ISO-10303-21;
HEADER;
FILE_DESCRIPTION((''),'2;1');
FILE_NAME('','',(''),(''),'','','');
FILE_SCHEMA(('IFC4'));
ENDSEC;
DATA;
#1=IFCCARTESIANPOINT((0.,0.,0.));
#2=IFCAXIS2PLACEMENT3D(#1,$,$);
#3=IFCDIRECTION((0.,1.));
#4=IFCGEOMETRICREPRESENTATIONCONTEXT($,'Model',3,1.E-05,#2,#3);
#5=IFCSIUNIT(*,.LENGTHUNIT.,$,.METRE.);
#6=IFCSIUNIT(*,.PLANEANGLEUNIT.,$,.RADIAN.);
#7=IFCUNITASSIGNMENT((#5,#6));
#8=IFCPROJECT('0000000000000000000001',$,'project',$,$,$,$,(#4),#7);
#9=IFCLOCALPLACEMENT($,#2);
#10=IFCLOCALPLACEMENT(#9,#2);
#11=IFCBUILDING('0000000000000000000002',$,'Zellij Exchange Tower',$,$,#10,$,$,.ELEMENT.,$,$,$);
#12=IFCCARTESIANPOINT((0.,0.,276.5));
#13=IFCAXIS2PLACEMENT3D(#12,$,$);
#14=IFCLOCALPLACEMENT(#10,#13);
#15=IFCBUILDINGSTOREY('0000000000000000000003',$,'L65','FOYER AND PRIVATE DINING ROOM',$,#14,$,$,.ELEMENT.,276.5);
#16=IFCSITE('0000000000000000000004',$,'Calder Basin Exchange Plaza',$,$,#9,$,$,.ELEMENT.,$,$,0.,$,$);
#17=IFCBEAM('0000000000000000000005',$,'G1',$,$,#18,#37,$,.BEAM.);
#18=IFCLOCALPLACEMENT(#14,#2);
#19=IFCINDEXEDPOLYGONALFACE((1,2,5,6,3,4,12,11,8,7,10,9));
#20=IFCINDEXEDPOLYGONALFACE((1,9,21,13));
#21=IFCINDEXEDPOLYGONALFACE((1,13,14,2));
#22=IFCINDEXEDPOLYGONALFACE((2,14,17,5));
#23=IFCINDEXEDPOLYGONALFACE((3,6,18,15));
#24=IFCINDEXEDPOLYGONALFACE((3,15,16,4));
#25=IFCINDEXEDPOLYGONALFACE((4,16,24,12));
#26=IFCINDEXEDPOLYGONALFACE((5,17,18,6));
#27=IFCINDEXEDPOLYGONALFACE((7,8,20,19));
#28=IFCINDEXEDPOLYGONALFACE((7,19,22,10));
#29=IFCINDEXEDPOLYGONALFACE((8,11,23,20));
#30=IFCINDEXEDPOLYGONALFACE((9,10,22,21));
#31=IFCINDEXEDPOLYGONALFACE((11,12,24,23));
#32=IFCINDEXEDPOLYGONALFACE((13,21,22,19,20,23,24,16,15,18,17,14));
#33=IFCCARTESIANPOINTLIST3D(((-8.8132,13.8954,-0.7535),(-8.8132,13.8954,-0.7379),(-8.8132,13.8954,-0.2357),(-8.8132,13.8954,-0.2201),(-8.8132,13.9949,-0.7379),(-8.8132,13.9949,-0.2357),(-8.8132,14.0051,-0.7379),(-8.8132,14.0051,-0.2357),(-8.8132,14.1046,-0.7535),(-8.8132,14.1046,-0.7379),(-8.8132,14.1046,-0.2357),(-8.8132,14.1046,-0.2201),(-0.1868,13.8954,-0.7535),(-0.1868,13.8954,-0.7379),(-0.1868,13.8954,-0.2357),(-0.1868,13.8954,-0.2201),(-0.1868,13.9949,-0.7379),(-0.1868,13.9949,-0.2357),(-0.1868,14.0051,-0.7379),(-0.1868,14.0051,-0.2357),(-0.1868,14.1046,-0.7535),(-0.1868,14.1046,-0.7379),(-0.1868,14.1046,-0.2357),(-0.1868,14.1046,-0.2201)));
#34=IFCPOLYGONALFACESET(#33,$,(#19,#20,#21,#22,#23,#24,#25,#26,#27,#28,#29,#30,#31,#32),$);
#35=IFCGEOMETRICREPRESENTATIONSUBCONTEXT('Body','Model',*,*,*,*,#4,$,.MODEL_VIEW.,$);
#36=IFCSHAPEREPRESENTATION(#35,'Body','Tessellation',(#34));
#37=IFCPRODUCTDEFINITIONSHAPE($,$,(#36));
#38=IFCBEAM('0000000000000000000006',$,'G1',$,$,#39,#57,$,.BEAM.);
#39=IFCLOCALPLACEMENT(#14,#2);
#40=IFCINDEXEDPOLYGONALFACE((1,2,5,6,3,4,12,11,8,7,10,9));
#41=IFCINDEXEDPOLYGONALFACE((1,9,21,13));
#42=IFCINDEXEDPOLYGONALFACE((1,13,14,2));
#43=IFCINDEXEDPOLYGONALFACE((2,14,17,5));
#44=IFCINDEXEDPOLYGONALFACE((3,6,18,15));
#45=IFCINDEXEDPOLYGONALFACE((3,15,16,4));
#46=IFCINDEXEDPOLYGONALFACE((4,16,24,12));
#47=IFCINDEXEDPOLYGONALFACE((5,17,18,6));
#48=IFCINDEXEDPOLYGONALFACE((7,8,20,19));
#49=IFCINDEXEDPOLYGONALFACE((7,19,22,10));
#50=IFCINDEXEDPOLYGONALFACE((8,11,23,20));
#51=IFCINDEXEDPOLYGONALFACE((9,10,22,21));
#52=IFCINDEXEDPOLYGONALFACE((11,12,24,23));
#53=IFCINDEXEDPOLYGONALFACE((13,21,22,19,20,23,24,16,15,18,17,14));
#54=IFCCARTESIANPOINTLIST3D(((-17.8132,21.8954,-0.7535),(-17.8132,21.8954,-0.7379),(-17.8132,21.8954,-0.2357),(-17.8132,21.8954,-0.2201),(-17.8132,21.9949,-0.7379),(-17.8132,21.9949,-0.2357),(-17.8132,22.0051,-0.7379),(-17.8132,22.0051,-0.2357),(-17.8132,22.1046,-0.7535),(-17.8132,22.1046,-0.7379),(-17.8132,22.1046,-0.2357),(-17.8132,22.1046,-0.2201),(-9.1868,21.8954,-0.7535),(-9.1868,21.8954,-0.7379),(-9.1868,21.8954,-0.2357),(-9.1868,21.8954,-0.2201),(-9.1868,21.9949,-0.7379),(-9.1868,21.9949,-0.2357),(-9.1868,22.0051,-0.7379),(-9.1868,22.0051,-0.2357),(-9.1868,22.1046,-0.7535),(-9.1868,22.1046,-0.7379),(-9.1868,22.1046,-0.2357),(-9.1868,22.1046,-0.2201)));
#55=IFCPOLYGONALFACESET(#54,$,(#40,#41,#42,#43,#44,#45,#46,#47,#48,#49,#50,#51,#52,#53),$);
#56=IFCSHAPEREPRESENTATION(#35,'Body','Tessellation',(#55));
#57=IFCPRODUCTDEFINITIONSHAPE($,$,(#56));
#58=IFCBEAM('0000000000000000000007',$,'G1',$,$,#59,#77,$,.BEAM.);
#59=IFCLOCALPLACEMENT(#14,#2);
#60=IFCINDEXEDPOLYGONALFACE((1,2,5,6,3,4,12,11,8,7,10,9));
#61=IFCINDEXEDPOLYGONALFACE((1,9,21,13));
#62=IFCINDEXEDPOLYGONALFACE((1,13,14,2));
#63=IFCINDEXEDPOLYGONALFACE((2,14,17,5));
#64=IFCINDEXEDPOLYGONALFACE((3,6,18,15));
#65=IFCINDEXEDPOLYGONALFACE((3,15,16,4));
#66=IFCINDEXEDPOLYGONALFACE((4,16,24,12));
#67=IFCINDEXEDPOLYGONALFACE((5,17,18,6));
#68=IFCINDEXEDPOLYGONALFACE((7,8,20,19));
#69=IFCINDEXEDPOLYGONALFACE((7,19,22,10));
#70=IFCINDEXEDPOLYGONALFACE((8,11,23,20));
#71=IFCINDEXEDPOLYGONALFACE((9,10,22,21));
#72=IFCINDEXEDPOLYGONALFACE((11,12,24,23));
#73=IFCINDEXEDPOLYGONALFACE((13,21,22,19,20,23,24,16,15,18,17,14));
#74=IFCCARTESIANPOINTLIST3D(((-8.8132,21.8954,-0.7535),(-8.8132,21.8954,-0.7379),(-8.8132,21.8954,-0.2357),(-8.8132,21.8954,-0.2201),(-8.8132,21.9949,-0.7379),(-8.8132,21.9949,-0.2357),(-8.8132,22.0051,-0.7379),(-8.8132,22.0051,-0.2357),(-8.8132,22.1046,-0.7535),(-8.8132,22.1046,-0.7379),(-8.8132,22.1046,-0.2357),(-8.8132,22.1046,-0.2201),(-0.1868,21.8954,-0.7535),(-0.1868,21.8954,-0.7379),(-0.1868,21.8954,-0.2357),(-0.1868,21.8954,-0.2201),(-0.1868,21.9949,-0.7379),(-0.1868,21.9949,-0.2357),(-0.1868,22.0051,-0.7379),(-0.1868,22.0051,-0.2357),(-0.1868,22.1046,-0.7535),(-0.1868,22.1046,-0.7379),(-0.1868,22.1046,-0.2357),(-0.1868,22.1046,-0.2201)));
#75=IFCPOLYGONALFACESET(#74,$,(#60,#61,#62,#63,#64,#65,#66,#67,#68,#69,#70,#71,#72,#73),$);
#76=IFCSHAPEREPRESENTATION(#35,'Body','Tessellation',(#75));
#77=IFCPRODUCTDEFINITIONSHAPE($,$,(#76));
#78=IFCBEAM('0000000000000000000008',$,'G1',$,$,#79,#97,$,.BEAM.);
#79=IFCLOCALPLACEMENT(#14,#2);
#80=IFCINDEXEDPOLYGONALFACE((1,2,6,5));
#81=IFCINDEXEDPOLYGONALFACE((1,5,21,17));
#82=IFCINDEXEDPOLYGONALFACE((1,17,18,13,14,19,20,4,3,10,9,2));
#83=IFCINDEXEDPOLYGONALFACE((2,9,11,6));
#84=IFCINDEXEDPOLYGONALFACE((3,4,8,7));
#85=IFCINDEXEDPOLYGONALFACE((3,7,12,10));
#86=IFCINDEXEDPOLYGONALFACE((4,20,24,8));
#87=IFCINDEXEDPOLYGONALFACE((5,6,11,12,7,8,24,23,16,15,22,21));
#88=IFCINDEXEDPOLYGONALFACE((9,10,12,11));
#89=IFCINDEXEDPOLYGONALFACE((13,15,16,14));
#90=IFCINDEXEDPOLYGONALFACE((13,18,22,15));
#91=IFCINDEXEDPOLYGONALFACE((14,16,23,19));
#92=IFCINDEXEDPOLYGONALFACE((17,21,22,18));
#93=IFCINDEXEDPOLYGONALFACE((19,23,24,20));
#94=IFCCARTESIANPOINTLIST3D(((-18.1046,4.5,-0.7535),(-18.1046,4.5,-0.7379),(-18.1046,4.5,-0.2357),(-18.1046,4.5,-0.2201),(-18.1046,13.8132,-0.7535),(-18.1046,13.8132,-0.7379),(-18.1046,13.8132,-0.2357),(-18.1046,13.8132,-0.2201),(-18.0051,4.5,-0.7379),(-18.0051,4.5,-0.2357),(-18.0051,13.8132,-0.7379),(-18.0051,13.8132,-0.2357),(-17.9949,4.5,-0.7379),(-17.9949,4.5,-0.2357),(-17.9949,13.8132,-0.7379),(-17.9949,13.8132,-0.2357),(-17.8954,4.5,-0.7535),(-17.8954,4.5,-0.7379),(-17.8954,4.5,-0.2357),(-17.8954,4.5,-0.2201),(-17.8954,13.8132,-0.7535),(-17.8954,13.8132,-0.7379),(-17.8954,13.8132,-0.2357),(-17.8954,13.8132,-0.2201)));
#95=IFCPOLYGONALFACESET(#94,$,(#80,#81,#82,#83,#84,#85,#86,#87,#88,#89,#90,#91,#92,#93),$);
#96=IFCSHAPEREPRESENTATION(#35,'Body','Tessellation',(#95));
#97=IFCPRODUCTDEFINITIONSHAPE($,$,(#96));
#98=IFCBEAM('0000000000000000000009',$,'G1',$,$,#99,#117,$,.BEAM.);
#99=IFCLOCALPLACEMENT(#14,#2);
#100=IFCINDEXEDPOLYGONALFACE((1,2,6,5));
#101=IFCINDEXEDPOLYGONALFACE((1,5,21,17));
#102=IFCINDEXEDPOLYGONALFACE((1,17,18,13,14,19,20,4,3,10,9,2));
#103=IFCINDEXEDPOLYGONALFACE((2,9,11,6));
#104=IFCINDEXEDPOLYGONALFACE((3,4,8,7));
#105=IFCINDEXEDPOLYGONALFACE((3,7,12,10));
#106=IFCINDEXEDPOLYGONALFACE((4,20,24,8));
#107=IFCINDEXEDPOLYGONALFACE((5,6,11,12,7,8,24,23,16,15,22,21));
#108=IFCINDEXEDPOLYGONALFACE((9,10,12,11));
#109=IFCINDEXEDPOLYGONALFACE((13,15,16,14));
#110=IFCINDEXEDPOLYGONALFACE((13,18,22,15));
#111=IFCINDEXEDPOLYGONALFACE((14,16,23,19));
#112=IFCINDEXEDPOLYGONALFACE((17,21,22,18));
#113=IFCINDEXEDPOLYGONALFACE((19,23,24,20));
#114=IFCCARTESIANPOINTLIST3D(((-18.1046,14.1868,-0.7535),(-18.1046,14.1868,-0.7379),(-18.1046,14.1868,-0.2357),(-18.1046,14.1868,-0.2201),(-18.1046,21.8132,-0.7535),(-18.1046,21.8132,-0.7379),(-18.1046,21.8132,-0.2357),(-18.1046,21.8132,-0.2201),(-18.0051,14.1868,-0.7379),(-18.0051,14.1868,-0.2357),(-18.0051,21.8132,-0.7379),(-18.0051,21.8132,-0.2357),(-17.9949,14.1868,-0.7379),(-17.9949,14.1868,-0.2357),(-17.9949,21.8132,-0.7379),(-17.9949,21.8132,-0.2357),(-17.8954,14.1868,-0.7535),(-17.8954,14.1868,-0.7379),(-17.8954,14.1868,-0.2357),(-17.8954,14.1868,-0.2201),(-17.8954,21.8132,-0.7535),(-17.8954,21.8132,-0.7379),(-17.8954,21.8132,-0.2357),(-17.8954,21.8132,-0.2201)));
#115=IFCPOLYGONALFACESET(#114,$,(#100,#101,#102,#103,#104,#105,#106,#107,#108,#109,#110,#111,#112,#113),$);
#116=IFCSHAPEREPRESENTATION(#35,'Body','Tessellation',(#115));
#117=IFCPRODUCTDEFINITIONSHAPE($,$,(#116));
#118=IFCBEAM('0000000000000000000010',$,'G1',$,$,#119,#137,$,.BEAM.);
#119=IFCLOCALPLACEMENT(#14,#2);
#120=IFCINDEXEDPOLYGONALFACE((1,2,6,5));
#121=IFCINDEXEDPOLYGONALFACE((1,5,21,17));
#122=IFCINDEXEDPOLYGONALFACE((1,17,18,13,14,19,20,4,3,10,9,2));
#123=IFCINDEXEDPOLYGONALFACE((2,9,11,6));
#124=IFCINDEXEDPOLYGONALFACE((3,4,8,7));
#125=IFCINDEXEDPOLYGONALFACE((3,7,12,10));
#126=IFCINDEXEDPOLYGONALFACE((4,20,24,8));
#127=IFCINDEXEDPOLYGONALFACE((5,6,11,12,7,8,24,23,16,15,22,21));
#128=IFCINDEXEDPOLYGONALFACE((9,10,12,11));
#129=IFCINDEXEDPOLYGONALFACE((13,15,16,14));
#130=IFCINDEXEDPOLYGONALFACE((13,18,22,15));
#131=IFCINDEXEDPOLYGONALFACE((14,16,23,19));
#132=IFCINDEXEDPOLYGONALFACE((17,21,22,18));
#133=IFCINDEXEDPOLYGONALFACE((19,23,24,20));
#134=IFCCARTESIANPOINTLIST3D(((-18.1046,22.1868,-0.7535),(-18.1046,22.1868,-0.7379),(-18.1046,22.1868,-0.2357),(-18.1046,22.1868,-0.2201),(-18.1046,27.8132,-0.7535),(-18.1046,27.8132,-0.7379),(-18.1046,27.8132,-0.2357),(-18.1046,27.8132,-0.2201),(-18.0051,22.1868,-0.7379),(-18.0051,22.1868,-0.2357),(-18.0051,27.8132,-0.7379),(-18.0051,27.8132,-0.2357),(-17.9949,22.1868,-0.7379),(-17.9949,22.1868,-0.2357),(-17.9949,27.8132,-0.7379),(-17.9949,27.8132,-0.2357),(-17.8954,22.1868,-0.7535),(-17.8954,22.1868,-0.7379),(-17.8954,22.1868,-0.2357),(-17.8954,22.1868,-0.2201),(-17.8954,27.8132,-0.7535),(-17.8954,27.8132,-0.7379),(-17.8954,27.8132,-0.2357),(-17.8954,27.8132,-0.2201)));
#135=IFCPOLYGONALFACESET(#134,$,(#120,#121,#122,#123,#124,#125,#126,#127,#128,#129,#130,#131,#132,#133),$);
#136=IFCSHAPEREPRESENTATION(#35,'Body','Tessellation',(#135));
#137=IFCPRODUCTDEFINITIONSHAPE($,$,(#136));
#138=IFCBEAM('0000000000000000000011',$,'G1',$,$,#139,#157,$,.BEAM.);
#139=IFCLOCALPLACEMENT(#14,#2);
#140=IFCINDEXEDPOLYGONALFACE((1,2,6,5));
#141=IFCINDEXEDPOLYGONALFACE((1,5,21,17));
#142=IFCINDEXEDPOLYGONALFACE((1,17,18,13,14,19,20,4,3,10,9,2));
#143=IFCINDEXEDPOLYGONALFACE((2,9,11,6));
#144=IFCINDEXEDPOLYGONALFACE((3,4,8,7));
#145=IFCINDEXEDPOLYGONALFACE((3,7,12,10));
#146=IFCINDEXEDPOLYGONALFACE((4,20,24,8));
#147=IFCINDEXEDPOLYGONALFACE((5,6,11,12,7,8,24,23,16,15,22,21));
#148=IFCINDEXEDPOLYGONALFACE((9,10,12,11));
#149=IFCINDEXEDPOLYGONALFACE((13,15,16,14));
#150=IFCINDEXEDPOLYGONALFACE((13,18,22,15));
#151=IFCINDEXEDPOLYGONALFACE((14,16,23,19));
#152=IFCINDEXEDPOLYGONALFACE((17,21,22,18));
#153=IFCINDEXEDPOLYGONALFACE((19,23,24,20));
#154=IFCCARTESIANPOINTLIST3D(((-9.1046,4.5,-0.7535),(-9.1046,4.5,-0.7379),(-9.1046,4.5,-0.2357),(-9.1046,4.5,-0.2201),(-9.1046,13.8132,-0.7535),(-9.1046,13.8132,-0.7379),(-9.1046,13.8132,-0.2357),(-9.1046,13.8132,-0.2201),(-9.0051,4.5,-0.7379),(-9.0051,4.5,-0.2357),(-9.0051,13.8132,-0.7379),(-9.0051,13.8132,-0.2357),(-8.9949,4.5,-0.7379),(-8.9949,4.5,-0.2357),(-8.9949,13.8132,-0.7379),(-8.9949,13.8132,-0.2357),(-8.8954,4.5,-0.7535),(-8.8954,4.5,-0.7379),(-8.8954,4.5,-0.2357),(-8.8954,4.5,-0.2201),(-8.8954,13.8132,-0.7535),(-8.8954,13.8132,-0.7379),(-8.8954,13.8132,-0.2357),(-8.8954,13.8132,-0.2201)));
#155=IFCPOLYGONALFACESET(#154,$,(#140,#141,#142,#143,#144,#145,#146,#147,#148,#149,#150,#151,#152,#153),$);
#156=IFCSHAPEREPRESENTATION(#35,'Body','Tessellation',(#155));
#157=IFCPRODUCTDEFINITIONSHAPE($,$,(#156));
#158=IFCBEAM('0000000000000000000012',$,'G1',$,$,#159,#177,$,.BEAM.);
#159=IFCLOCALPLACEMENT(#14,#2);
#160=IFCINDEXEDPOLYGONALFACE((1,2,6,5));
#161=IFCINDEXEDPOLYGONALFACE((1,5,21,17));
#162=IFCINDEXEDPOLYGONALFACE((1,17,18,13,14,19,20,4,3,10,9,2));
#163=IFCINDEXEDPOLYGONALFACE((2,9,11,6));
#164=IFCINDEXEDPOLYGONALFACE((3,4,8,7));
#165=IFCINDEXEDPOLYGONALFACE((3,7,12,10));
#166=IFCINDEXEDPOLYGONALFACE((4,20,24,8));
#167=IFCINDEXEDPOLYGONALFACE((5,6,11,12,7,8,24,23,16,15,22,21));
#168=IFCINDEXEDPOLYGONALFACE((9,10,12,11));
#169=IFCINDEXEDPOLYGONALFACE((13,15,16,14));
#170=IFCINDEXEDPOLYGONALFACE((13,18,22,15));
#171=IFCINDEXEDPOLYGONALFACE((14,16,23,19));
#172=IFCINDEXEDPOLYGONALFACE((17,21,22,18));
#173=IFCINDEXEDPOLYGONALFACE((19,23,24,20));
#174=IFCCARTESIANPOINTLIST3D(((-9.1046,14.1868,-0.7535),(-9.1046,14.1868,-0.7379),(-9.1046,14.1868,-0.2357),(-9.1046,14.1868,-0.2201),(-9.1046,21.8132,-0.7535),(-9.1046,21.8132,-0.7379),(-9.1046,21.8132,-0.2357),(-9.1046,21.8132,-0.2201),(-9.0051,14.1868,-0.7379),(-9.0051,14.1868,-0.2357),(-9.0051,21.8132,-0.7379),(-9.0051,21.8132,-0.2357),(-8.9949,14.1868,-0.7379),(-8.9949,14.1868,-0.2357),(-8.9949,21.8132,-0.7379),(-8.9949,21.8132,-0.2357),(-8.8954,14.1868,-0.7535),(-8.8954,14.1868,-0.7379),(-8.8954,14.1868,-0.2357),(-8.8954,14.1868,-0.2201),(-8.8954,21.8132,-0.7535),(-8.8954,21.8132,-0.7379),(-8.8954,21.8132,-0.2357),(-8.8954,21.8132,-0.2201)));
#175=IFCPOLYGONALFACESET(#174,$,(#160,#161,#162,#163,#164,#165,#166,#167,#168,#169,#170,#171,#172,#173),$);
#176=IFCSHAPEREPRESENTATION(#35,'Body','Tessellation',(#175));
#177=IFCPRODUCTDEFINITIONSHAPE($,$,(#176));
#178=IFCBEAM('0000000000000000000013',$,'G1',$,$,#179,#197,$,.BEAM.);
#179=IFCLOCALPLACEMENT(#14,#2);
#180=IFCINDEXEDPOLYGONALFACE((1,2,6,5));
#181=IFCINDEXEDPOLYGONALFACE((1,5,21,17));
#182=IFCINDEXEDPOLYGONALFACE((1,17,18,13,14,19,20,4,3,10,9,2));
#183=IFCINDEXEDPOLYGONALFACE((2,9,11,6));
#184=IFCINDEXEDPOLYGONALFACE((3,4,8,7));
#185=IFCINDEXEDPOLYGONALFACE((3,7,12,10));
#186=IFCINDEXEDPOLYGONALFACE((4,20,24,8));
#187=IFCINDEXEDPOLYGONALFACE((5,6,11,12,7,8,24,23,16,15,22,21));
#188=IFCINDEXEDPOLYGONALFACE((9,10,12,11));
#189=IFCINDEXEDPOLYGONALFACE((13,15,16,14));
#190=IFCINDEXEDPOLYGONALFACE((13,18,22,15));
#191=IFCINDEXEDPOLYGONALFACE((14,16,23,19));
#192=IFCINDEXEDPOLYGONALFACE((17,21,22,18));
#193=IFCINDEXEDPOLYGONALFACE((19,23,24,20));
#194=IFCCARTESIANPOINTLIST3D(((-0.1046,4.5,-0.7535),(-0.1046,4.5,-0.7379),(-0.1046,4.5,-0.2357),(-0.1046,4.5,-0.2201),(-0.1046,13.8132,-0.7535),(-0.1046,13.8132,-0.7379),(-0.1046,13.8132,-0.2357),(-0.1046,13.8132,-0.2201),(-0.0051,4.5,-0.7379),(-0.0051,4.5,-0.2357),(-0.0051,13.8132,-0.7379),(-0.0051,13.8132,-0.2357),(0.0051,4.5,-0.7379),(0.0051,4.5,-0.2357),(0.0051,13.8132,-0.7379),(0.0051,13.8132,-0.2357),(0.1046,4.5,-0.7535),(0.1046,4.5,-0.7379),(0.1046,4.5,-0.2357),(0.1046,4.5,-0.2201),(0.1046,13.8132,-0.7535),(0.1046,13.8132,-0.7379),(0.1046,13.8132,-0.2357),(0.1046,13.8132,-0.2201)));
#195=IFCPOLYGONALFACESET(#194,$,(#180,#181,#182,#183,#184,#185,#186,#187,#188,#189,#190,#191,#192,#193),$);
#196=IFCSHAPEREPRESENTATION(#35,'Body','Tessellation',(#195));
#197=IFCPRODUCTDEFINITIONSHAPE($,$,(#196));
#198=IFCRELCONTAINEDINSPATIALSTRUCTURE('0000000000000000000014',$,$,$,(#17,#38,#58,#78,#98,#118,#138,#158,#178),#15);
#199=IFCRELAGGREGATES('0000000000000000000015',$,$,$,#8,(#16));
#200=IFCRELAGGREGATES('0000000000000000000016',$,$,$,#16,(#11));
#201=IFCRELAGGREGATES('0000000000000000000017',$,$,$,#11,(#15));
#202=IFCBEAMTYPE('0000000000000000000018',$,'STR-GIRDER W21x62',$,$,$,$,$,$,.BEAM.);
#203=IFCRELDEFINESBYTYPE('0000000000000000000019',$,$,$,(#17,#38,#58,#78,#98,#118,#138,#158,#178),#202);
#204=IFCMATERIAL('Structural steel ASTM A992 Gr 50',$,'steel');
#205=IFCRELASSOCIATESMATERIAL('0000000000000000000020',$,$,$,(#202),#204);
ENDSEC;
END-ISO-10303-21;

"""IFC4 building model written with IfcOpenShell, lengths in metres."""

from ifc_helpers import new_model, si_unit, direction, frame, origin, origin_2d, place, context, subcontext, project, spatial, i_section, extrude, material, material_profile, profile_set, type_object, element, save


model = new_model("IFC4")

# Units and contexts
model_context = context("Model", 3, precision=1e-05, world=origin(), true_north=direction((0.0, 1.0)))
body_context = subcontext(model_context, "Body", "Model", "MODEL_VIEW")
ifc_project = project(units=[si_unit("LENGTHUNIT", "METRE"), si_unit("PLANEANGLEUNIT", "RADIAN")], contexts=[model_context])

# Site, building, storey
site_placement = place(None, origin())
site = spatial("IfcSite", under=ifc_project, at=site_placement, Name="Calder Basin Exchange Plaza", CompositionType="ELEMENT", RefElevation=0.0)
building_placement = place(site_placement, origin())
building = spatial("IfcBuilding", under=site, at=building_placement, Name="Zellij Exchange Tower", CompositionType="ELEMENT")
storey_placement = place(building_placement, frame((0.0, 0.0, 276.5)))
storey = spatial("IfcBuildingStorey", under=building, at=storey_placement, Name="L65", Description="FOYER AND PRIVATE DINING ROOM", CompositionType="ELEMENT", Elevation=276.5)

# Shared definitions
ifc_material_1 = material(Name="Structural steel ASTM A992 Gr 50", Category="steel")

# Beams
ifc_material_profile_1 = material_profile(ifc_material_1, i_section(OverallWidth=0.2092, OverallDepth=0.5334, WebThickness=0.0103, FlangeThickness=0.0156, at=origin_2d()), Name="W21x62")
ifc_profile_set_1 = profile_set([ifc_material_profile_1], Name="Structural steel ASTM A992 Gr 50")
beam_type = type_object("IfcBeamType", Name="STR-GIRDER W21x62", PredefinedType="BEAM", material=ifc_profile_set_1)
for number, where, z_axis, x_axis, name in (
    (1, (-8.8132, 14.0, -0.4868), (1.0, 0.0, 0.0), (0.0, 1.0, 0.0), "G1"),
    (2, (-17.8132, 22.0, -0.4868), (1.0, 0.0, 0.0), (0.0, 1.0, 0.0), "G1"),
    (3, (-8.8132, 22.0, -0.4868), (1.0, 0.0, 0.0), (0.0, 1.0, 0.0), "G1"),
):
    element("IfcBeam", number, at=place(storey_placement, frame(where, z_axis=z_axis, x_axis=x_axis)), inside=storey, type_object=beam_type, Name=name, PredefinedType="BEAM", context=body_context, shape_type="SweptSolid", body=[
        extrude(i_section(OverallWidth=0.2092, OverallDepth=0.5334, WebThickness=0.0103, FlangeThickness=0.0156, at=origin_2d()), origin(), (0.0, 0.0, 1.0), 8.6265),
    ])
beam_1_placement = place(storey_placement, frame((-18.0, 4.5, -0.4868), z_axis=(0.0, 1.0, 0.0), x_axis=(-1.0, 0.0, 0.0)))
element("IfcBeam", 4, at=beam_1_placement, inside=storey, type_object=beam_type, Name="G1", PredefinedType="BEAM", context=body_context, shape_type="SweptSolid", body=[
    extrude(i_section(OverallWidth=0.2092, OverallDepth=0.5334, WebThickness=0.0103, FlangeThickness=0.0156, at=origin_2d()), origin(), (0.0, 0.0, 1.0), 9.3132),
])
beam_2_placement = place(storey_placement, frame((-18.0, 14.1868, -0.4868), z_axis=(0.0, 1.0, 0.0), x_axis=(-1.0, 0.0, 0.0)))
element("IfcBeam", 5, at=beam_2_placement, inside=storey, type_object=beam_type, Name="G1", PredefinedType="BEAM", context=body_context, shape_type="SweptSolid", body=[
    extrude(i_section(OverallWidth=0.2092, OverallDepth=0.5334, WebThickness=0.0103, FlangeThickness=0.0156, at=origin_2d()), origin(), (0.0, 0.0, 1.0), 7.6265),
])
beam_3_placement = place(storey_placement, frame((-18.0, 22.1868, -0.4868), z_axis=(0.0, 1.0, 0.0), x_axis=(-1.0, 0.0, 0.0)))
element("IfcBeam", 6, at=beam_3_placement, inside=storey, type_object=beam_type, Name="G1", PredefinedType="BEAM", context=body_context, shape_type="SweptSolid", body=[
    extrude(i_section(OverallWidth=0.2092, OverallDepth=0.5334, WebThickness=0.0103, FlangeThickness=0.0156, at=origin_2d()), origin(), (0.0, 0.0, 1.0), 5.6265),
])
beam_4_placement = place(storey_placement, frame((-9.0, 4.5, -0.4868), z_axis=(0.0, 1.0, 0.0), x_axis=(-1.0, 0.0, 0.0)))
element("IfcBeam", 7, at=beam_4_placement, inside=storey, type_object=beam_type, Name="G1", PredefinedType="BEAM", context=body_context, shape_type="SweptSolid", body=[
    extrude(i_section(OverallWidth=0.2092, OverallDepth=0.5334, WebThickness=0.0103, FlangeThickness=0.0156, at=origin_2d()), origin(), (0.0, 0.0, 1.0), 9.3132),
])
beam_5_placement = place(storey_placement, frame((-9.0, 14.1868, -0.4868), z_axis=(0.0, 1.0, 0.0), x_axis=(-1.0, 0.0, 0.0)))
element("IfcBeam", 8, at=beam_5_placement, inside=storey, type_object=beam_type, Name="G1", PredefinedType="BEAM", context=body_context, shape_type="SweptSolid", body=[
    extrude(i_section(OverallWidth=0.2092, OverallDepth=0.5334, WebThickness=0.0103, FlangeThickness=0.0156, at=origin_2d()), origin(), (0.0, 0.0, 1.0), 7.6265),
])
beam_6_placement = place(storey_placement, frame((0.0, 4.5, -0.4868), z_axis=(0.0, 1.0, 0.0), x_axis=(-1.0, 0.0, 0.0)))
element("IfcBeam", 9, at=beam_6_placement, inside=storey, type_object=beam_type, Name="G1", PredefinedType="BEAM", context=body_context, shape_type="SweptSolid", body=[
    extrude(i_section(OverallWidth=0.2092, OverallDepth=0.5334, WebThickness=0.0103, FlangeThickness=0.0156, at=origin_2d()), origin(), (0.0, 0.0, 1.0), 9.3132),
])

save(model, "model.ifc")
